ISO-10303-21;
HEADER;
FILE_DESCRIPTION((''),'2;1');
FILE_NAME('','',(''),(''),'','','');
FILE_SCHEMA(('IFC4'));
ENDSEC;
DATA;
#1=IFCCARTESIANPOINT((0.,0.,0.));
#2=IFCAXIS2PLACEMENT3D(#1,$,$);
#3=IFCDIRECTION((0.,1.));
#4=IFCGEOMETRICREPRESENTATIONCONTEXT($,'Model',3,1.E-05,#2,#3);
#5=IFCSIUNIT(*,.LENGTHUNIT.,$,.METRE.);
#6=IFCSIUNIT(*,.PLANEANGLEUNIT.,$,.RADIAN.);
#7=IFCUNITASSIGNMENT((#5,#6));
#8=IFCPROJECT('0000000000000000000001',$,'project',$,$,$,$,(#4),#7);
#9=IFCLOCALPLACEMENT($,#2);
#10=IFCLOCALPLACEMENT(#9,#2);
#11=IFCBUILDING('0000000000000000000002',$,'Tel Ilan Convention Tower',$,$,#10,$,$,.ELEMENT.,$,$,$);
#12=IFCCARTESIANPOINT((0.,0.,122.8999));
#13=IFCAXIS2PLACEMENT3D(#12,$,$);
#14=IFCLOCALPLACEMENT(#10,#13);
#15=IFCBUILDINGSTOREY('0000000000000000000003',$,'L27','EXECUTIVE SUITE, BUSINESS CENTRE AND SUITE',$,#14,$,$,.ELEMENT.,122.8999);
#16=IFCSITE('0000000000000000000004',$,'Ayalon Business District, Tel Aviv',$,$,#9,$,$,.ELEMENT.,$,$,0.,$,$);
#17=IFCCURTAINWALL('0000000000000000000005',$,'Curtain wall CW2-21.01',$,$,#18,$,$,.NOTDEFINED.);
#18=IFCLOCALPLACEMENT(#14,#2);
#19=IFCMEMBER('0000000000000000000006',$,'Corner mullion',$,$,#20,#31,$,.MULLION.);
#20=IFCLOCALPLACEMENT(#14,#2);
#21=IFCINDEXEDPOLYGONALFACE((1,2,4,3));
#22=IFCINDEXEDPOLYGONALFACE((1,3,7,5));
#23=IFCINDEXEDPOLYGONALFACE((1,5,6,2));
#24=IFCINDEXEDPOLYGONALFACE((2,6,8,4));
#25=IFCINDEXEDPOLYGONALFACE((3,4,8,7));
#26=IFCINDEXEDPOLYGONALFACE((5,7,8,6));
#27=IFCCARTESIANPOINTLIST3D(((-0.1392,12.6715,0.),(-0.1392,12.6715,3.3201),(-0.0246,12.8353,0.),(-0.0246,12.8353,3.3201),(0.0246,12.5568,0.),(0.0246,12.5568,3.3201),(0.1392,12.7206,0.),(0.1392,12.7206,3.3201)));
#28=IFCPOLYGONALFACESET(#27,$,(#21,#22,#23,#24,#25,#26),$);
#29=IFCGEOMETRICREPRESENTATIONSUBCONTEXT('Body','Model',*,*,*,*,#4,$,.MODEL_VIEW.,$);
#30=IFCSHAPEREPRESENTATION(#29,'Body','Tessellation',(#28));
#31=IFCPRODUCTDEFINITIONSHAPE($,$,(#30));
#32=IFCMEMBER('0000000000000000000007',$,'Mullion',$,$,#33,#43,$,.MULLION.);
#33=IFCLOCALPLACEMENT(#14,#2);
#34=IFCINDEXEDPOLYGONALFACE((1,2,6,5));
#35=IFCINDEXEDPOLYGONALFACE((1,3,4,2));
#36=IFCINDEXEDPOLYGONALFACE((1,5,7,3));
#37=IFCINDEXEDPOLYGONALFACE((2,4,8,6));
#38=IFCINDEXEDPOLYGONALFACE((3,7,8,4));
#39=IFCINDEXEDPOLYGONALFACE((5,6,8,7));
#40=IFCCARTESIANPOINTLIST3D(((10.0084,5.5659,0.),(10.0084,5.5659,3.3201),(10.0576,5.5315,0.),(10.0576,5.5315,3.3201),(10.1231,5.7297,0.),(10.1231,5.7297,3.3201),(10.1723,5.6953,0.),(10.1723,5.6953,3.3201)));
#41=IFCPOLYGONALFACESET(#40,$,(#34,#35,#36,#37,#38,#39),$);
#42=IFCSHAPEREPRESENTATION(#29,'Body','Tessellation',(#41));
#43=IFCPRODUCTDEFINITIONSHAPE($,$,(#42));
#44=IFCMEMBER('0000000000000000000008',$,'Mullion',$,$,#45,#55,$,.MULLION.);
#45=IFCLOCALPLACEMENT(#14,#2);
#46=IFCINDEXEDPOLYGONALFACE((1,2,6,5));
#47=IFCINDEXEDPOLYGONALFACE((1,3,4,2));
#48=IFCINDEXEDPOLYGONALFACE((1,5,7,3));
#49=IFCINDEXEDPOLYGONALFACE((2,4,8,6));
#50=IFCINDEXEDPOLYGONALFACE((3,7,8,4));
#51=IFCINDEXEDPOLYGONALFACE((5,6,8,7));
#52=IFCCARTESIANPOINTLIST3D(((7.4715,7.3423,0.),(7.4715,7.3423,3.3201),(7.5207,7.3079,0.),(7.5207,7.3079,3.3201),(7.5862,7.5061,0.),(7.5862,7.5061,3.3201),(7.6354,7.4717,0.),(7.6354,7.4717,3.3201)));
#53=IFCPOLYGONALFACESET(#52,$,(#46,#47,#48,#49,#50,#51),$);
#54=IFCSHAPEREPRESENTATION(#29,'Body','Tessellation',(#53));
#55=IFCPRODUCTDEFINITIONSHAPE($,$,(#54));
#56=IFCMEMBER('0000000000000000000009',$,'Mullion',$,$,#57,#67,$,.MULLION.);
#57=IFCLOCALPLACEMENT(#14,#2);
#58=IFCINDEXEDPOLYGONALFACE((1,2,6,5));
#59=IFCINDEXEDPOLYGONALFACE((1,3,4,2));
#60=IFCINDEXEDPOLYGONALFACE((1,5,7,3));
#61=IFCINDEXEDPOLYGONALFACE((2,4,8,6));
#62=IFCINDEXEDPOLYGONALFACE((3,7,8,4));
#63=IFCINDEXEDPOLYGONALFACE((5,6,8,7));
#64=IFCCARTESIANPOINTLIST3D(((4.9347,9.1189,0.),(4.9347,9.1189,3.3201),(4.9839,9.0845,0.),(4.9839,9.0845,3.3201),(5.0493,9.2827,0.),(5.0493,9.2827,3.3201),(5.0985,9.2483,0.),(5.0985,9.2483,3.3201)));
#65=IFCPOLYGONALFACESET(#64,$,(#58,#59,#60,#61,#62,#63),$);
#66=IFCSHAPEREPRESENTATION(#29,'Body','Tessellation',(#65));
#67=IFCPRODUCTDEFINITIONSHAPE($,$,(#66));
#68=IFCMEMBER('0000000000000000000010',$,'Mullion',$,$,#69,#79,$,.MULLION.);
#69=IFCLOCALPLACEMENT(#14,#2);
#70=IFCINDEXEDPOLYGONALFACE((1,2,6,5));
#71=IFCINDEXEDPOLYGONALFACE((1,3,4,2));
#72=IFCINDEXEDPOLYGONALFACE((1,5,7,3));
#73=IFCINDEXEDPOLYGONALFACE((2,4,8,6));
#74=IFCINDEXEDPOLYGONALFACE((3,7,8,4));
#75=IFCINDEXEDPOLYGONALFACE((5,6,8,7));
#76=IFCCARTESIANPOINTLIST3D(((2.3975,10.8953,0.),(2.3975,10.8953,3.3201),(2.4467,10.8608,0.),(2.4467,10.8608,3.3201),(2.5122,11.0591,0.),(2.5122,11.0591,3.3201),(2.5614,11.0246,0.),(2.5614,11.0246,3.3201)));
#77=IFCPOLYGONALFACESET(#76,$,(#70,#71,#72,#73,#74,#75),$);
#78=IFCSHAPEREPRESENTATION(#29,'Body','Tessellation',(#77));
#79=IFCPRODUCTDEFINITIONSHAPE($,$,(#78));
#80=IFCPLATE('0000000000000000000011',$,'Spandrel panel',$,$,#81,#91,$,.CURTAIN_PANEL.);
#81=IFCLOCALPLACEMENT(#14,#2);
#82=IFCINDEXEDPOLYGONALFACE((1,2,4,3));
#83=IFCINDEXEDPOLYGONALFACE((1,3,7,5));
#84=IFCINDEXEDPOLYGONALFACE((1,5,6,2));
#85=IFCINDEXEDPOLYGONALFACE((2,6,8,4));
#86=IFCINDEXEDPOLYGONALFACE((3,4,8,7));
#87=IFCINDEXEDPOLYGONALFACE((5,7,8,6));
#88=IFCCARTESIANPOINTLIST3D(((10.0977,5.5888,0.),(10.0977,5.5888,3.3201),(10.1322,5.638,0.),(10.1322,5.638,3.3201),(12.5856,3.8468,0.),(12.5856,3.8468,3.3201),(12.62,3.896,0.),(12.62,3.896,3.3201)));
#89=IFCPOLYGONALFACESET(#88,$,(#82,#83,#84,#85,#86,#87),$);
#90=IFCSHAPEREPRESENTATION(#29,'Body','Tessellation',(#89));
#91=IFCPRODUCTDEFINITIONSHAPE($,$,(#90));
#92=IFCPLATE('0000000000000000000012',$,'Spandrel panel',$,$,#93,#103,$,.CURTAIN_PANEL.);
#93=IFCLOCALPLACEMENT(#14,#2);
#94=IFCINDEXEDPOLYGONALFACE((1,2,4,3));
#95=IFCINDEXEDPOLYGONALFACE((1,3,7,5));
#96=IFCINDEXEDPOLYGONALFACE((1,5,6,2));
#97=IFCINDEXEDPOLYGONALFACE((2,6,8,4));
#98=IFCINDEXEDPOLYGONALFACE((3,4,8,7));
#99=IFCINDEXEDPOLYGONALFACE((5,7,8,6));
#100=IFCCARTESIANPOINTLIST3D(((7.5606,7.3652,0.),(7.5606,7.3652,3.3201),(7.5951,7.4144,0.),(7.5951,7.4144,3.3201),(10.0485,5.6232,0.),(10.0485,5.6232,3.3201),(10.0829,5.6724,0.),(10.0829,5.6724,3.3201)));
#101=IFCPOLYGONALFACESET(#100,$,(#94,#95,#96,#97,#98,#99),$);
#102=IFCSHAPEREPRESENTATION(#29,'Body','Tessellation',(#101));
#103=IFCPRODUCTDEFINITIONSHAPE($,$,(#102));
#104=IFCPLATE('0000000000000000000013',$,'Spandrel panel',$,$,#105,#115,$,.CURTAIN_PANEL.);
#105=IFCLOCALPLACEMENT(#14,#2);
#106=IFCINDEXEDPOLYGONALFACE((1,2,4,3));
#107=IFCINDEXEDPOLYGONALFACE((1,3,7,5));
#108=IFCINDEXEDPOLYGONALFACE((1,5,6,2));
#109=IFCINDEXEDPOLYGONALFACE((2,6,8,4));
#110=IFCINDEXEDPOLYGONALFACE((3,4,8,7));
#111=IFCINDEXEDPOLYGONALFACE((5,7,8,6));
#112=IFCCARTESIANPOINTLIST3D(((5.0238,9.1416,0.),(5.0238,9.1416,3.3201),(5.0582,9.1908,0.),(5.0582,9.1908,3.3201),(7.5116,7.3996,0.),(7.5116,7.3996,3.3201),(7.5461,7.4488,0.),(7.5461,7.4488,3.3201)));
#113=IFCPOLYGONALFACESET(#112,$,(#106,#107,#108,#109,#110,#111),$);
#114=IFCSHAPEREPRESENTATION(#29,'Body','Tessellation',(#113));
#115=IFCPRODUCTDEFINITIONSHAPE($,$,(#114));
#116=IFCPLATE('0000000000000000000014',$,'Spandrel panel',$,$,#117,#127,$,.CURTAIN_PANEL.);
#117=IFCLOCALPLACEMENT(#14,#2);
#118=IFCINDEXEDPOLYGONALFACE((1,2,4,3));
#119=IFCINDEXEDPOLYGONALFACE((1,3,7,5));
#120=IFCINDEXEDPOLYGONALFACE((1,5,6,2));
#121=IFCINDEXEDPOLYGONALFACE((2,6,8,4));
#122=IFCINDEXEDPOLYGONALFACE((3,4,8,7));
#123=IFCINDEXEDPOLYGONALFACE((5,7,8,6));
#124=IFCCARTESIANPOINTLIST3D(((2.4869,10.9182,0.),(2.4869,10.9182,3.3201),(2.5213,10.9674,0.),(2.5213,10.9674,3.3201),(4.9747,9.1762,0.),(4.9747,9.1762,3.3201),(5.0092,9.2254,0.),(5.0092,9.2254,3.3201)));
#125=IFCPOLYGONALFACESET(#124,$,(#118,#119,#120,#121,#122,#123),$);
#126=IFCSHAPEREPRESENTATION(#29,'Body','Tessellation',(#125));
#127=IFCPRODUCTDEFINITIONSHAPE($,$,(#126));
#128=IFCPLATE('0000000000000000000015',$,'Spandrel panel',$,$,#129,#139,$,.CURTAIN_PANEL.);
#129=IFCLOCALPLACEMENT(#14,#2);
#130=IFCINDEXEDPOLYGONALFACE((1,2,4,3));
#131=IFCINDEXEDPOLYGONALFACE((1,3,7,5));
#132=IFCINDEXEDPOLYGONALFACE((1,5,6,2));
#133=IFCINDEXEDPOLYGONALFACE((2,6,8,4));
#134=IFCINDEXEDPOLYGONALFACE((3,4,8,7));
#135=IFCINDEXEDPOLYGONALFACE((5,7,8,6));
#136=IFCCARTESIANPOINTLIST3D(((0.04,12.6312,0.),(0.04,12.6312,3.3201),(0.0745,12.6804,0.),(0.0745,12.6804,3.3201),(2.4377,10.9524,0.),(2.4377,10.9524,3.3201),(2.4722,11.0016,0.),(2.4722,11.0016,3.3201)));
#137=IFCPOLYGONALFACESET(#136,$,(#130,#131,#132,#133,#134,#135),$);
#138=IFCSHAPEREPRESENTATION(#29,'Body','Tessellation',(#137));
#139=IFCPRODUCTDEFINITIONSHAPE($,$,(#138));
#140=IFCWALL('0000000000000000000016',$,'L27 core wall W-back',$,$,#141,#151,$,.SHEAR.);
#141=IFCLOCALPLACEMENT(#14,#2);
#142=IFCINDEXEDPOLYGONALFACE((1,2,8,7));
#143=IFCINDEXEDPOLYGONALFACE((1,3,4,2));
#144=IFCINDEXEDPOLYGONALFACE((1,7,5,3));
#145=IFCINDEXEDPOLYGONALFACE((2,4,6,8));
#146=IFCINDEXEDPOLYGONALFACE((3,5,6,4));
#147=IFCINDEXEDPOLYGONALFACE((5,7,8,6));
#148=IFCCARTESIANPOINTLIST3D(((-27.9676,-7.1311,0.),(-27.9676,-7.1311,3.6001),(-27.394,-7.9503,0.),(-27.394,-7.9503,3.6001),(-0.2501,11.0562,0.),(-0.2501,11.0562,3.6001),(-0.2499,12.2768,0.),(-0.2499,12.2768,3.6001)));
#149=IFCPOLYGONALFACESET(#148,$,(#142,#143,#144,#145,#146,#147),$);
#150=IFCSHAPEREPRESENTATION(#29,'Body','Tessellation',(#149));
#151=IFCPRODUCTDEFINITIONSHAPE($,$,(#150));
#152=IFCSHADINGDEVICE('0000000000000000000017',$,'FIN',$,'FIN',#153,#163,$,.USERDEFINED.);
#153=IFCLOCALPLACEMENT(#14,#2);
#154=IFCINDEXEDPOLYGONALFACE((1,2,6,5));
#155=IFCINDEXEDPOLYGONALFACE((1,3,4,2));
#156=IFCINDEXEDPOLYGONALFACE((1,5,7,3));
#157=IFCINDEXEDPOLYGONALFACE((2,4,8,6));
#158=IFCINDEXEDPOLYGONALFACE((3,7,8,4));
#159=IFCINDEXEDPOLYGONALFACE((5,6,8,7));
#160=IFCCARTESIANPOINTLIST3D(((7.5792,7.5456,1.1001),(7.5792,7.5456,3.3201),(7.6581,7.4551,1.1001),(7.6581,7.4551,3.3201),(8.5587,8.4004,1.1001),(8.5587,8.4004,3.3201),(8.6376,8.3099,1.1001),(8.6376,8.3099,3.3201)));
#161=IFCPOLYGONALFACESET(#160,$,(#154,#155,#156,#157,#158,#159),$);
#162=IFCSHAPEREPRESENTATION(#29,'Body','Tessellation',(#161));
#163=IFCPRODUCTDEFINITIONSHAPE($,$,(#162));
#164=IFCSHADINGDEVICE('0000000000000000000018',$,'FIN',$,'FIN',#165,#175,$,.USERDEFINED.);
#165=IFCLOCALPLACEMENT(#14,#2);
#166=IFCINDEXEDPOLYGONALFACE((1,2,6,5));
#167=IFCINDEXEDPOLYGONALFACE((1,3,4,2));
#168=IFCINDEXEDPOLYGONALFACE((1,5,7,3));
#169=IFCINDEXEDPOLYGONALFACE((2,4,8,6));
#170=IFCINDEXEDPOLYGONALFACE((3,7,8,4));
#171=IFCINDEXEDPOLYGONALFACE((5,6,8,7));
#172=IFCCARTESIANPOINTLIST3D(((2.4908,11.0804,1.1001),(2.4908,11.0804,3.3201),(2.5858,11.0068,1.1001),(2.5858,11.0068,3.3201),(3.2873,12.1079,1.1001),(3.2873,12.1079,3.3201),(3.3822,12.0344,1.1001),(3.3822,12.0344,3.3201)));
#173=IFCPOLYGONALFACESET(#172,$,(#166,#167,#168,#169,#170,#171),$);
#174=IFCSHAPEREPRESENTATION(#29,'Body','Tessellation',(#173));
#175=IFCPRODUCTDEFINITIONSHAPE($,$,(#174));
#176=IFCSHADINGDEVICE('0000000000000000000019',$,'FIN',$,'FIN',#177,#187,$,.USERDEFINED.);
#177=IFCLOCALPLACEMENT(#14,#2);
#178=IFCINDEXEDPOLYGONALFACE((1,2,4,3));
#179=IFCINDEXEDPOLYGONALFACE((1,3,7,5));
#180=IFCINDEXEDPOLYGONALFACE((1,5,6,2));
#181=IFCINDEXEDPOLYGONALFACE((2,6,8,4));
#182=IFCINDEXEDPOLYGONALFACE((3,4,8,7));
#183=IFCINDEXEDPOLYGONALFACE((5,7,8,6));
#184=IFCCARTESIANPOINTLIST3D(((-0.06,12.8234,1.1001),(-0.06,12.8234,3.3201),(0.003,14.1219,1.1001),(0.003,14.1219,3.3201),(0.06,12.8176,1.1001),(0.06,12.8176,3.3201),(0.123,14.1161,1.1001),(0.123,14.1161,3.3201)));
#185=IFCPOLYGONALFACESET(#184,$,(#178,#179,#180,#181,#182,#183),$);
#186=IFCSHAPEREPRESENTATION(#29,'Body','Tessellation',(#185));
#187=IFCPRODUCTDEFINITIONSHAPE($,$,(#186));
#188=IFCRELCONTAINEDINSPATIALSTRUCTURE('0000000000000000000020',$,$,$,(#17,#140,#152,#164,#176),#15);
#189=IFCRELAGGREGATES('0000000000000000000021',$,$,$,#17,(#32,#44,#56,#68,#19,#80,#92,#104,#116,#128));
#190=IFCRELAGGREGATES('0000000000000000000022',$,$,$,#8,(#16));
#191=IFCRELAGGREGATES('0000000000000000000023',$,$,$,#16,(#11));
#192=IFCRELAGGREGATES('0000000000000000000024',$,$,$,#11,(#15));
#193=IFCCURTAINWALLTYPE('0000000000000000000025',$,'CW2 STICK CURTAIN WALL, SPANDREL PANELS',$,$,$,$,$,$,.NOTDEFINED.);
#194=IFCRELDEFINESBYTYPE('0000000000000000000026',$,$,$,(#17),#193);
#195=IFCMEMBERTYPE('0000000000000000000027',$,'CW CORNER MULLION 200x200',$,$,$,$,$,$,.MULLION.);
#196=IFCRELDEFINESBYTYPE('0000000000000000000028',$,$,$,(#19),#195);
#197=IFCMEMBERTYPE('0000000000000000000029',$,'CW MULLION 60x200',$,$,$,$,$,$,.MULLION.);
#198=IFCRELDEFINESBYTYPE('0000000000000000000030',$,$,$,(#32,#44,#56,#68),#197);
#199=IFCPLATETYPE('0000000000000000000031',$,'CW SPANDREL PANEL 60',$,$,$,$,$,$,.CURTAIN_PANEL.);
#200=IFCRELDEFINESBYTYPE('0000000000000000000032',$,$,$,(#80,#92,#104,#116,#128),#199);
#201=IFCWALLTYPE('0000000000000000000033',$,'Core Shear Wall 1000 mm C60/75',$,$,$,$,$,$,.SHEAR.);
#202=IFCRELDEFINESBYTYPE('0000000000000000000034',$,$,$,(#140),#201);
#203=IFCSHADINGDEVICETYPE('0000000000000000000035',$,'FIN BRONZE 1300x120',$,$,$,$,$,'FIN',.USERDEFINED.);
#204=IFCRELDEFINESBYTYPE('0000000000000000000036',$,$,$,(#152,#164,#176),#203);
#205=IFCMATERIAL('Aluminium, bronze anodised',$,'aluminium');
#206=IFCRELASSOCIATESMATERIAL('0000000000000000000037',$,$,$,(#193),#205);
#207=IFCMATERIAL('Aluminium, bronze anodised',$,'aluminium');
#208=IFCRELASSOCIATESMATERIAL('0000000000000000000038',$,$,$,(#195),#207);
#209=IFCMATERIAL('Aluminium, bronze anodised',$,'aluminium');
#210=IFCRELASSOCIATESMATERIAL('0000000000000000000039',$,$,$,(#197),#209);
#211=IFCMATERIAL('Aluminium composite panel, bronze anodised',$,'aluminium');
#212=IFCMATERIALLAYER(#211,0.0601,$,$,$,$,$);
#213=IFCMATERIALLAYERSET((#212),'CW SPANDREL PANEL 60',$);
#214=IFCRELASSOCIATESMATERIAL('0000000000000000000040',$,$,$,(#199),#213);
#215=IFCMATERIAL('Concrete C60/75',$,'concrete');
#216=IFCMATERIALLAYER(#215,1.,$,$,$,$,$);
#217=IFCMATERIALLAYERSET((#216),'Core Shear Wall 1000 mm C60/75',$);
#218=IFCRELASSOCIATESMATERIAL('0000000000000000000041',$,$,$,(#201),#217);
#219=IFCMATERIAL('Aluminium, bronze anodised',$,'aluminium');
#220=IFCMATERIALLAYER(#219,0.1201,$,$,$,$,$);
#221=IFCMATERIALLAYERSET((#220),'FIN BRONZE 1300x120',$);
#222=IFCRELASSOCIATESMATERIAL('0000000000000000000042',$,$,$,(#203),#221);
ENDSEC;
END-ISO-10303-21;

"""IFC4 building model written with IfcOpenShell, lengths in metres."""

from ifc_helpers import new_model, si_unit, direction, frame, origin, origin_2d, place, context, subcontext, project, spatial, polyline, rectangle, outline, extrude, material, layer, layer_set, material_profile, profile_set, type_object, element, aggregate, save


model = new_model("IFC4")

# Units and contexts
model_context = context("Model", 3, precision=1e-05, world=origin(), true_north=direction((0.0, 1.0)))
body_context = subcontext(model_context, "Body", "Model", "MODEL_VIEW")
ifc_project = project(units=[si_unit("LENGTHUNIT", "METRE"), si_unit("PLANEANGLEUNIT", "RADIAN")], contexts=[model_context])

# Site, building, storey
site_placement = place(None, origin())
site = spatial("IfcSite", under=ifc_project, at=site_placement, Name="Ayalon Business District, Tel Aviv", CompositionType="ELEMENT", RefElevation=0.0)
building_placement = place(site_placement, origin())
building = spatial("IfcBuilding", under=site, at=building_placement, Name="Tel Ilan Convention Tower", CompositionType="ELEMENT")
storey_placement = place(building_placement, frame((0.0, 0.0, 122.8999)))
storey = spatial("IfcBuildingStorey", under=building, at=storey_placement, Name="L27", Description="EXECUTIVE SUITE, BUSINESS CENTRE AND SUITE", CompositionType="ELEMENT", Elevation=122.8999)

# Curtain wall, members, plates
ifc_material_1 = material(Name="Aluminium, bronze anodised", Category="aluminium")
curtain_wall_type = type_object("IfcCurtainWallType", Name="CW2 STICK CURTAIN WALL, SPANDREL PANELS", PredefinedType="NOTDEFINED", material=ifc_material_1)
curtain_wall_placement = place(storey_placement, origin())
curtain_wall = element("IfcCurtainWall", 1, at=curtain_wall_placement, inside=storey, type_object=curtain_wall_type, Name="Curtain wall CW2-21.01", PredefinedType="NOTDEFINED")
ifc_material_2 = material(Name="Aluminium, bronze anodised", Category="aluminium")
ifc_material_profile_1 = material_profile(ifc_material_2, rectangle(XDim=0.2, YDim=0.2, at=origin_2d()), Name="CW CORNER MULLION 200x200")
ifc_profile_set_1 = profile_set([ifc_material_profile_1], Name="Aluminium, bronze anodised")
member_type_1 = type_object("IfcMemberType", Name="CW CORNER MULLION 200x200", PredefinedType="MULLION", material=ifc_profile_set_1)
member_1_placement = place(storey_placement, frame((0.0, 12.696, 0.0), z_axis=(0.0, 0.0, 1.0), x_axis=(-0.819152, 0.573576, 0.0)))
member_1 = element("IfcMember", 2, at=member_1_placement, type_object=member_type_1, Name="Corner mullion", PredefinedType="MULLION", context=body_context, shape_type="SweptSolid", body=[
    extrude(rectangle(XDim=0.2, YDim=0.2, at=origin_2d()), origin(), (0.0, 0.0, 1.0), 3.3201),
])
ifc_material_3 = material(Name="Aluminium, bronze anodised", Category="aluminium")
ifc_material_profile_2 = material_profile(ifc_material_3, rectangle(XDim=0.0601, YDim=0.2, at=origin_2d()), Name="CW MULLION 60x200")
ifc_profile_set_2 = profile_set([ifc_material_profile_2], Name="Aluminium, bronze anodised")
member_type_2 = type_object("IfcMemberType", Name="CW MULLION 60x200", PredefinedType="MULLION", material=ifc_profile_set_2)
member_2_placement = place(storey_placement, frame((10.0903, 5.6306, 0.0), z_axis=(0.0, 0.0, 1.0), x_axis=(-0.819152, 0.573576, 0.0)))
member_2 = element("IfcMember", 3, at=member_2_placement, type_object=member_type_2, Name="Mullion", PredefinedType="MULLION", context=body_context, shape_type="SweptSolid", body=[
    extrude(rectangle(XDim=0.0601, YDim=0.2, at=origin_2d()), origin(), (0.0, 0.0, 1.0), 3.3201),
])
member_3_placement = place(storey_placement, frame((7.5535, 7.407, 0.0), z_axis=(0.0, 0.0, 1.0), x_axis=(-0.819152, 0.573576, 0.0)))
member_3 = element("IfcMember", 4, at=member_3_placement, type_object=member_type_2, Name="Mullion", PredefinedType="MULLION", context=body_context, shape_type="SweptSolid", body=[
    extrude(rectangle(XDim=0.0601, YDim=0.2, at=origin_2d()), origin(), (0.0, 0.0, 1.0), 3.3201),
])
member_4_placement = place(storey_placement, frame((5.0166, 9.1836, 0.0), z_axis=(0.0, 0.0, 1.0), x_axis=(-0.819152, 0.573576, 0.0)))
member_4 = element("IfcMember", 5, at=member_4_placement, type_object=member_type_2, Name="Mullion", PredefinedType="MULLION", context=body_context, shape_type="SweptSolid", body=[
    extrude(rectangle(XDim=0.0601, YDim=0.2, at=origin_2d()), origin(), (0.0, 0.0, 1.0), 3.3201),
])
member_5_placement = place(storey_placement, frame((2.4795, 10.96, 0.0), z_axis=(0.0, 0.0, 1.0), x_axis=(-0.819152, 0.573576, 0.0)))
member_5 = element("IfcMember", 6, at=member_5_placement, type_object=member_type_2, Name="Mullion", PredefinedType="MULLION", context=body_context, shape_type="SweptSolid", body=[
    extrude(rectangle(XDim=0.0601, YDim=0.2, at=origin_2d()), origin(), (0.0, 0.0, 1.0), 3.3201),
])
ifc_material_4 = material(Name="Aluminium composite panel, bronze anodised", Category="aluminium")
ifc_layer_1 = layer(ifc_material_4, 0.0601)
ifc_layer_set_1 = layer_set([ifc_layer_1], Name="CW SPANDREL PANEL 60")
plate_type = type_object("IfcPlateType", Name="CW SPANDREL PANEL 60", PredefinedType="CURTAIN_PANEL", material=ifc_layer_set_1)
plate_1_placement = place(storey_placement, frame((11.3589, 4.7424, 0.0), z_axis=(0.0, 0.0, 1.0), x_axis=(-0.819152, 0.573576, 0.0)))
plate_1 = element("IfcPlate", 7, at=plate_1_placement, type_object=plate_type, Name="Spandrel panel", PredefinedType="CURTAIN_PANEL", context=body_context, shape_type="SweptSolid", body=[
    extrude(rectangle(XDim=3.0371, YDim=0.0601, at=origin_2d()), origin(), (0.0, 0.0, 1.0), 3.3201),
])
plate_2_placement = place(storey_placement, frame((8.8218, 6.5188, 0.0), z_axis=(0.0, 0.0, 1.0), x_axis=(-0.819152, 0.573576, 0.0)))
plate_2 = element("IfcPlate", 8, at=plate_2_placement, type_object=plate_type, Name="Spandrel panel", PredefinedType="CURTAIN_PANEL", context=body_context, shape_type="SweptSolid", body=[
    extrude(rectangle(XDim=3.0371, YDim=0.0601, at=origin_2d()), origin(), (0.0, 0.0, 1.0), 3.3201),
])
plate_3_placement = place(storey_placement, frame((6.2849, 8.2952, 0.0), z_axis=(0.0, 0.0, 1.0), x_axis=(-0.819152, 0.573576, 0.0)))
plate_3 = element("IfcPlate", 9, at=plate_3_placement, type_object=plate_type, Name="Spandrel panel", PredefinedType="CURTAIN_PANEL", context=body_context, shape_type="SweptSolid", body=[
    extrude(rectangle(XDim=3.0371, YDim=0.0601, at=origin_2d()), origin(), (0.0, 0.0, 1.0), 3.3201),
])
plate_4_placement = place(storey_placement, frame((3.748, 10.0718, 0.0), z_axis=(0.0, 0.0, 1.0), x_axis=(-0.819152, 0.573576, 0.0)))
plate_4 = element("IfcPlate", 10, at=plate_4_placement, type_object=plate_type, Name="Spandrel panel", PredefinedType="CURTAIN_PANEL", context=body_context, shape_type="SweptSolid", body=[
    extrude(rectangle(XDim=3.0371, YDim=0.0601, at=origin_2d()), origin(), (0.0, 0.0, 1.0), 3.3201),
])
plate_5_placement = place(storey_placement, frame((1.2561, 11.8164, 0.0), z_axis=(0.0, 0.0, 1.0), x_axis=(-0.819152, 0.573576, 0.0)))
plate_5 = element("IfcPlate", 11, at=plate_5_placement, type_object=plate_type, Name="Spandrel panel", PredefinedType="CURTAIN_PANEL", context=body_context, shape_type="SweptSolid", body=[
    extrude(rectangle(XDim=2.927, YDim=0.0601, at=origin_2d()), origin(), (0.0, 0.0, 1.0), 3.3201),
])
aggregate(curtain_wall, [member_2, member_3, member_4, member_5, member_1, plate_1, plate_2, plate_3, plate_4, plate_5])

# Wall
ifc_material_5 = material(Name="Concrete C60/75", Category="concrete")
ifc_layer_2 = layer(ifc_material_5, 1.0)
ifc_layer_set_2 = layer_set([ifc_layer_2], Name="Core Shear Wall 1000 mm C60/75")
wall_type = type_object("IfcWallType", Name="Core Shear Wall 1000 mm C60/75", PredefinedType="SHEAR", material=ifc_layer_set_2)
wall_placement = place(storey_placement, frame((0.0369, 11.8672, 0.0), z_axis=(0.0, 0.0, 1.0), x_axis=(-0.819155, -0.573572, 0.0)))
element("IfcWall", 12, at=wall_placement, inside=storey, type_object=wall_type, Name="L27 core wall W-back", PredefinedType="SHEAR", context=body_context, shape_type="SweptSolid", body=[
    extrude(outline(polyline([(33.8369, 0.5), (0.7002, 0.4998), (0.0, -0.5), (33.8369, -0.5), (33.8369, 0.5)])), origin(), (0.0, 0.0, 1.0), 3.6001),
])

# Shading devices
ifc_material_6 = material(Name="Aluminium, bronze anodised", Category="aluminium")
ifc_layer_3 = layer(ifc_material_6, 0.1201)
ifc_layer_set_3 = layer_set([ifc_layer_3], Name="FIN BRONZE 1300x120")
shading_device_type = type_object("IfcShadingDeviceType", Name="FIN BRONZE 1300x120", ElementType="FIN", PredefinedType="USERDEFINED", material=ifc_layer_set_3)
for number, where, z_axis, x_axis, name in (
    (13, (8.1084, 7.9277, 1.1001), (0.0, 0.0, 1.0), (0.753436, 0.657521, 0.0), "FIN"),
    (14, (2.9365, 11.5574, 1.1001), (0.0, 0.0, 1.0), (0.612601, 0.790393, 0.0), "FIN"),
    (15, (0.0315, 13.4697, 1.1001), (0.0, 0.0, 1.0), (0.048462, 0.998825, 0.0), "FIN"),
):
    element("IfcShadingDevice", number, at=place(storey_placement, frame(where, z_axis=z_axis, x_axis=x_axis)), inside=storey, type_object=shading_device_type, Name=name, ObjectType="FIN", PredefinedType="USERDEFINED", context=body_context, shape_type="SweptSolid", body=[
        extrude(rectangle(XDim=1.3, YDim=0.1201, at=origin_2d()), origin(), (0.0, 0.0, 1.0), 2.22),
    ])

save(model, "model.ifc")
